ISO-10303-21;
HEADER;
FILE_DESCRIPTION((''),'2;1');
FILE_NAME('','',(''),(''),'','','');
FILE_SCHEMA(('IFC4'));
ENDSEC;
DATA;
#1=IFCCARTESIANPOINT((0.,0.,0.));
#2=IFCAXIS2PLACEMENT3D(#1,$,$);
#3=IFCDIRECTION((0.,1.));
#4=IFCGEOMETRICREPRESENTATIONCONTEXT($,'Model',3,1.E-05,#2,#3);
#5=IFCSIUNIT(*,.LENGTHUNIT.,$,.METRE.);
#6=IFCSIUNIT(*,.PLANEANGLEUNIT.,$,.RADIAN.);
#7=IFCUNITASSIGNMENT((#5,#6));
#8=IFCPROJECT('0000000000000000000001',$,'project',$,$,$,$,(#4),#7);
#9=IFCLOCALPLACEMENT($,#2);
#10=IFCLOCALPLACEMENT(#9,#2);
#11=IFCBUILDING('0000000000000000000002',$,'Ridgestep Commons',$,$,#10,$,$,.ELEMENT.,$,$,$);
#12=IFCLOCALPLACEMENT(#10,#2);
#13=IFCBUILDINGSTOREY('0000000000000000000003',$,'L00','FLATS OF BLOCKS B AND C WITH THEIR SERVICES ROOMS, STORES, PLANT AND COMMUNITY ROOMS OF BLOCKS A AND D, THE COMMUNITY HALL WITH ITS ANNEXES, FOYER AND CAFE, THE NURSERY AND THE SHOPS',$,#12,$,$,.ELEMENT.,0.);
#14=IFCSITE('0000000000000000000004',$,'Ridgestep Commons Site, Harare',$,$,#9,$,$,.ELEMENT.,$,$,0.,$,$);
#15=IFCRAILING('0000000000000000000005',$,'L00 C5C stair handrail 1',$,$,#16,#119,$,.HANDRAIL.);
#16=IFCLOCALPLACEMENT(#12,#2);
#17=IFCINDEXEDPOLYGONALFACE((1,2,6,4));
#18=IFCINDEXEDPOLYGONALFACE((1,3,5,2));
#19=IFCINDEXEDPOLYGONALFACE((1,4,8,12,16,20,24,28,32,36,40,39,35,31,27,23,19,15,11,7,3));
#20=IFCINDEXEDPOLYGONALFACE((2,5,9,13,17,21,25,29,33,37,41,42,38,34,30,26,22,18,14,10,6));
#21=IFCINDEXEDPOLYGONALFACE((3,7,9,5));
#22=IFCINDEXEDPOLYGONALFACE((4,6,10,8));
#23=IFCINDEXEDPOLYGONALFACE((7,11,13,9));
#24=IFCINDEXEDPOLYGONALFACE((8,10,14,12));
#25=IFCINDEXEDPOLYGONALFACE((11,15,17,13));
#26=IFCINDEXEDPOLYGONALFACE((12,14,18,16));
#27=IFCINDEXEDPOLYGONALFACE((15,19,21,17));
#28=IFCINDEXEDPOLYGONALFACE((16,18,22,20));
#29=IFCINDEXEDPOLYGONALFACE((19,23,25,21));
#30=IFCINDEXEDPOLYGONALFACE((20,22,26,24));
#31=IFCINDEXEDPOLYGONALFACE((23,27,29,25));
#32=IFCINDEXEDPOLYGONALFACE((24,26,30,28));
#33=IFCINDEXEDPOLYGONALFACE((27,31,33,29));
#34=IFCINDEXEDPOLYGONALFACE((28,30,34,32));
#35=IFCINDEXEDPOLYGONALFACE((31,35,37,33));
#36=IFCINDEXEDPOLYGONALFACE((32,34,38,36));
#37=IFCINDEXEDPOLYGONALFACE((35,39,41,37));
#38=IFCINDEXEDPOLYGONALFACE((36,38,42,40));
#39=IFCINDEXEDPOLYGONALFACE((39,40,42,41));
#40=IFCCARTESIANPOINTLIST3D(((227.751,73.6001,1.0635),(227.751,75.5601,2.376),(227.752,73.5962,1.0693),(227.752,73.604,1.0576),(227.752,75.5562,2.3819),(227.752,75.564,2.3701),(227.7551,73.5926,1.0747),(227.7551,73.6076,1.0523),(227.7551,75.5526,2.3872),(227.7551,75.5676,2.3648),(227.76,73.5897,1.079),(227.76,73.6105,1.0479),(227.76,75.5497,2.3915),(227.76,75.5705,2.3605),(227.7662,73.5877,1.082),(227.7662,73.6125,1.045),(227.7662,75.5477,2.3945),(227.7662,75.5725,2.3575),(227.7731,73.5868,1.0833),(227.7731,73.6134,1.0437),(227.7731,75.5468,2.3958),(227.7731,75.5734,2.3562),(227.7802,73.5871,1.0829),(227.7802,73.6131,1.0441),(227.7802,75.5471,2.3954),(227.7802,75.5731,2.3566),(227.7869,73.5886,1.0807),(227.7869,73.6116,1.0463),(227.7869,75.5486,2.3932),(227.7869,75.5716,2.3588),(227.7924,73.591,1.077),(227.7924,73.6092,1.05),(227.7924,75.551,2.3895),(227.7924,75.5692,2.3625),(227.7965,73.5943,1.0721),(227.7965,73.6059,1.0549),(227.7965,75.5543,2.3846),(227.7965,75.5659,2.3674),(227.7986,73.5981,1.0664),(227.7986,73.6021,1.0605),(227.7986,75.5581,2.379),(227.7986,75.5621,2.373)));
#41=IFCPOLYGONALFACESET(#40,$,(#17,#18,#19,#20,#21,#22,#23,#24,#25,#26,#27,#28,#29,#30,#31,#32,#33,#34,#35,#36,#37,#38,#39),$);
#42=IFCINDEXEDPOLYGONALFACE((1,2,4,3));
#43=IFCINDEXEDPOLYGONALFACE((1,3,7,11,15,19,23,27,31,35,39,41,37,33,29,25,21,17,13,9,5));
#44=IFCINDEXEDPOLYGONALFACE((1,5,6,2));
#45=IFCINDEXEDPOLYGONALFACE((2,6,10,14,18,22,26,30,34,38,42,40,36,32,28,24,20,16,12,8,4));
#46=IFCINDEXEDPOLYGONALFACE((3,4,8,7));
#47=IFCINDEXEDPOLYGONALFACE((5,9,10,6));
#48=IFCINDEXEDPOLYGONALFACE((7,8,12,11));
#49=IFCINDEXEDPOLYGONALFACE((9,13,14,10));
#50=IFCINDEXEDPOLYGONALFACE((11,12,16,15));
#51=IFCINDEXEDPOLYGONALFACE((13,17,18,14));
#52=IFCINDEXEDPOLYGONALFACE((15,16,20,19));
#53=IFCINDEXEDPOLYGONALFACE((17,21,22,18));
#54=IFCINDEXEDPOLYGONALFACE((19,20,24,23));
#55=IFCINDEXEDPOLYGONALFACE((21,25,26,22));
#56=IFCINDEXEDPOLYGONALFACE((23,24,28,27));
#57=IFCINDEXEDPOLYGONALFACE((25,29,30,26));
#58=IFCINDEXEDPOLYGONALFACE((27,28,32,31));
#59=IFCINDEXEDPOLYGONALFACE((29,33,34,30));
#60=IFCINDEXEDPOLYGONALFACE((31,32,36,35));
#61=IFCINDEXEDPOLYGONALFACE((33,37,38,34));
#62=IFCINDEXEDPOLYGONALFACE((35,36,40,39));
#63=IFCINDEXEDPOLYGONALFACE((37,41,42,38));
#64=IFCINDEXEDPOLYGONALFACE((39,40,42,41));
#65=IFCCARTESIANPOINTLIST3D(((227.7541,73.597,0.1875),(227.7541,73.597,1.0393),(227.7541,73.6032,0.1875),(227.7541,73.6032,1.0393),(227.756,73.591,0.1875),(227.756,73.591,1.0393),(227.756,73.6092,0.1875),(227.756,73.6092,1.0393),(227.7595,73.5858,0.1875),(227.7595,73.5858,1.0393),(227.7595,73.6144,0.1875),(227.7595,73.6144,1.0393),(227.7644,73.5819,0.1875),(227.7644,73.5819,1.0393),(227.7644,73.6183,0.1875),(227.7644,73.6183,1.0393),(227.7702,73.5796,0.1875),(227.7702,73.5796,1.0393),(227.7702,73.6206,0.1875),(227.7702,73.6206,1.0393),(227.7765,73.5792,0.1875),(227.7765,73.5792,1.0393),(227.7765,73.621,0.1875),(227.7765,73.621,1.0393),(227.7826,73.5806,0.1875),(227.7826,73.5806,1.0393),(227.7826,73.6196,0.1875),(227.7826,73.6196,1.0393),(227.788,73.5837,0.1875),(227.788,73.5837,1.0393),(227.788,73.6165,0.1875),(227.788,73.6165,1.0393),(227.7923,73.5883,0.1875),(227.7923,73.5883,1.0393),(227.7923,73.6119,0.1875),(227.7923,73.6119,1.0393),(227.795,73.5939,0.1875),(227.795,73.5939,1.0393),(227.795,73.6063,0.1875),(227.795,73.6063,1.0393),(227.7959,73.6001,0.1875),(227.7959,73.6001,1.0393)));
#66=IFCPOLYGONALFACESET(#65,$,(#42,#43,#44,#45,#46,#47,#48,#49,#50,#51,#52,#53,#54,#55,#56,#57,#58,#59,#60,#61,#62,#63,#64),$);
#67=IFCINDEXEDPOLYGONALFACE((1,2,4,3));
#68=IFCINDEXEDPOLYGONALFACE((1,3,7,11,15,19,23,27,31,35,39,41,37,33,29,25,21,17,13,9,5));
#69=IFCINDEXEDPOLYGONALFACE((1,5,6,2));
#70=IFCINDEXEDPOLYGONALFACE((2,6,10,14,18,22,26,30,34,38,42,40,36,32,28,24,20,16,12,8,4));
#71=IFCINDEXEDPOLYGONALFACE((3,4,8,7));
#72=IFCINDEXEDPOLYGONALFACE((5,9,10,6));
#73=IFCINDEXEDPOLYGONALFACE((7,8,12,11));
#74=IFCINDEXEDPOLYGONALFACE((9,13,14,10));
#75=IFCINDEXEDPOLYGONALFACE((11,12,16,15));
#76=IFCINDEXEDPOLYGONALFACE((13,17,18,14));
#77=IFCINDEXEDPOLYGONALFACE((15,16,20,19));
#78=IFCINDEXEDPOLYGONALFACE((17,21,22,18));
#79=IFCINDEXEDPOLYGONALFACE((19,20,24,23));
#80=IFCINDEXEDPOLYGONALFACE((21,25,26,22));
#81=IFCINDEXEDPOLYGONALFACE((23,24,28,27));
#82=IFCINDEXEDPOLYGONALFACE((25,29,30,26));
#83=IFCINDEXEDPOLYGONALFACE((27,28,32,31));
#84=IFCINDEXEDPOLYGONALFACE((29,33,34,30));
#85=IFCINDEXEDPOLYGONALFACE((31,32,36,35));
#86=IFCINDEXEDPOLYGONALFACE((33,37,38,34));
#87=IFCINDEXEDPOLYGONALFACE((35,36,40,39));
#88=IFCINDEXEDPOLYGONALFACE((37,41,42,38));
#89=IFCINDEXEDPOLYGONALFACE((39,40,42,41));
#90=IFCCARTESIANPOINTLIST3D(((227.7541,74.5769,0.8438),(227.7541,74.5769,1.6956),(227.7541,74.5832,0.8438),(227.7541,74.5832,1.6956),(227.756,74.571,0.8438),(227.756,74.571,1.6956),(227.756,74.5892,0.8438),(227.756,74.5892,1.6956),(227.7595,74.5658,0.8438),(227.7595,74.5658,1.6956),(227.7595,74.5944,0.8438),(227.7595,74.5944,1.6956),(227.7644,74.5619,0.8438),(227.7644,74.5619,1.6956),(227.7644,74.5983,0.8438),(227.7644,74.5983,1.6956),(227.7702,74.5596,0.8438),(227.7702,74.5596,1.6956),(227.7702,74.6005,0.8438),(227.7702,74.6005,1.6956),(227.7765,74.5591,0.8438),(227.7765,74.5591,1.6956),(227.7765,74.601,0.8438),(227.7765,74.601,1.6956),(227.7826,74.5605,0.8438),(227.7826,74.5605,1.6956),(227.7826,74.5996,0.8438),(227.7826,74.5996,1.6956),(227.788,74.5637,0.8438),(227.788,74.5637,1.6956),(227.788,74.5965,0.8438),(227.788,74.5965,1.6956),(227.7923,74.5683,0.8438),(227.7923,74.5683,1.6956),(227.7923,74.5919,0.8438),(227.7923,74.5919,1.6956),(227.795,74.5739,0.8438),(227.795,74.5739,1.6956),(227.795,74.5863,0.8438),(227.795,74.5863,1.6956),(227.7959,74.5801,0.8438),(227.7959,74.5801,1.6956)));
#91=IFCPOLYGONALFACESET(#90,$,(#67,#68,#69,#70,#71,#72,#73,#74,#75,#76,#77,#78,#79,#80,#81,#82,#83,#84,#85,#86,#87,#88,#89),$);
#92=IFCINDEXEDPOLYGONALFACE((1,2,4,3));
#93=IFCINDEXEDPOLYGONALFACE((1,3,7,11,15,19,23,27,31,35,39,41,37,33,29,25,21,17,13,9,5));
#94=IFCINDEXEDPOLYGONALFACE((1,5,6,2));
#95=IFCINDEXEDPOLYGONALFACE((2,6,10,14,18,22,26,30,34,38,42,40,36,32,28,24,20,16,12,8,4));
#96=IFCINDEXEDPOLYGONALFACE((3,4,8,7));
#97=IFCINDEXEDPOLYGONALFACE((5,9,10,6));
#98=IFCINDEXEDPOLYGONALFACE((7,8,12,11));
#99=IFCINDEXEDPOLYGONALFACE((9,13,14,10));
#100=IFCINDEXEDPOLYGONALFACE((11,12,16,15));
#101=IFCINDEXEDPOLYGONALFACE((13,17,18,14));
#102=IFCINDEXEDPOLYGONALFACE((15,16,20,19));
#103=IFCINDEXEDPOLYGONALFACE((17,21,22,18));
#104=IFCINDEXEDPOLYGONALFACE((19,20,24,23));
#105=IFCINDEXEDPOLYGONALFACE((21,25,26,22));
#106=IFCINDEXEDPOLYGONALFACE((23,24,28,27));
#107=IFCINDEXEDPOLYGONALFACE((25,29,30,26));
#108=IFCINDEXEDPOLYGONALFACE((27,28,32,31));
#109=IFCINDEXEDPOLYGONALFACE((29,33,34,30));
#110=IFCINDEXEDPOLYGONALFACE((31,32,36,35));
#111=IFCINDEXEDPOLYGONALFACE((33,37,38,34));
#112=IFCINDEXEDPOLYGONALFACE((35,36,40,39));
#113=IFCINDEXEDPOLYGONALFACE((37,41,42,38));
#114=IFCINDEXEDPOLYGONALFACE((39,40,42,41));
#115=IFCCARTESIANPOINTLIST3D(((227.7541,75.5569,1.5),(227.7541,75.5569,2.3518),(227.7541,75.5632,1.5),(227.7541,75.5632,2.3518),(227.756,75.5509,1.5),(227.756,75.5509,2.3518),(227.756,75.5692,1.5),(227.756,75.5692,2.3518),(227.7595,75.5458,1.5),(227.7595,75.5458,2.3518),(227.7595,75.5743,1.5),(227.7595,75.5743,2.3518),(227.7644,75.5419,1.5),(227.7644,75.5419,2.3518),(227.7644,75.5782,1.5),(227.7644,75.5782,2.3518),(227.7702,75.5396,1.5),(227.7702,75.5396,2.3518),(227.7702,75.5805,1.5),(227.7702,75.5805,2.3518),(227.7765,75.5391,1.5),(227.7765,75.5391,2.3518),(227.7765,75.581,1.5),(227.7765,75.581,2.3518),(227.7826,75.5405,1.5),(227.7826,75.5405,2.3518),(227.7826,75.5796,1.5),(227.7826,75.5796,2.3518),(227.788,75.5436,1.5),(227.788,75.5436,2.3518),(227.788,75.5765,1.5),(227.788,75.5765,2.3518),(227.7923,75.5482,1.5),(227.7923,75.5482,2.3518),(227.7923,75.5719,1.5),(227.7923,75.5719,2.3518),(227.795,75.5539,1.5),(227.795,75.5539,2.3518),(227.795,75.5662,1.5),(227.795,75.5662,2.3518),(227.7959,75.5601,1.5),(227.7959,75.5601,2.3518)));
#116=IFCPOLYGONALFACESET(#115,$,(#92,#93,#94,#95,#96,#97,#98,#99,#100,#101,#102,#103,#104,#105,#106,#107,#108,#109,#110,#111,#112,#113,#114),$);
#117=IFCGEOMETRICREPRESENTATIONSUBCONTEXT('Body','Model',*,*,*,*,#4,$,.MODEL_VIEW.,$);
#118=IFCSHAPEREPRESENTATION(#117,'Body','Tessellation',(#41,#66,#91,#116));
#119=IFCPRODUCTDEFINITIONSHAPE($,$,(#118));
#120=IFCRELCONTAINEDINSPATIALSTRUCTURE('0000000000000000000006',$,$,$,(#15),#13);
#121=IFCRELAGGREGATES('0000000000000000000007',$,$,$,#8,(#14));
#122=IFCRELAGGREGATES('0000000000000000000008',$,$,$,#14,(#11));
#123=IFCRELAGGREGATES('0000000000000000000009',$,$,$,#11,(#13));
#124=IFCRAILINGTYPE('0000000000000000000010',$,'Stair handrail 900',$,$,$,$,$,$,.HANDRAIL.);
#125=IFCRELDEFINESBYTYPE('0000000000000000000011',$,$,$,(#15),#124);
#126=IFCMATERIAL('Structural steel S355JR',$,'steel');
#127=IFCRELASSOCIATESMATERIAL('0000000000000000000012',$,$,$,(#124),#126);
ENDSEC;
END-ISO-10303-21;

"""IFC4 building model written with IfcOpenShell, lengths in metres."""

from ifc_helpers import new_model, si_unit, direction, frame, origin, origin_2d, place, context, subcontext, project, spatial, circle, extrude, material, type_object, element, save


model = new_model("IFC4")

# Units and contexts
model_context = context("Model", 3, precision=1e-05, world=origin(), true_north=direction((0.0, 1.0)))
body_context = subcontext(model_context, "Body", "Model", "MODEL_VIEW")
ifc_project = project(units=[si_unit("LENGTHUNIT", "METRE"), si_unit("PLANEANGLEUNIT", "RADIAN")], contexts=[model_context])

# Site, building, storey
site_placement = place(None, origin())
site = spatial("IfcSite", under=ifc_project, at=site_placement, Name="Ridgestep Commons Site, Harare", CompositionType="ELEMENT", RefElevation=0.0)
building_placement = place(site_placement, origin())
building = spatial("IfcBuilding", under=site, at=building_placement, Name="Ridgestep Commons", CompositionType="ELEMENT")
storey_placement = place(building_placement, origin())
storey = spatial("IfcBuildingStorey", under=building, at=storey_placement, Name="L00", Description="FLATS OF BLOCKS B AND C WITH THEIR SERVICES ROOMS, STORES, PLANT AND COMMUNITY ROOMS OF BLOCKS A AND D, THE COMMUNITY HALL WITH ITS ANNEXES, FOYER AND CAFE, THE NURSERY AND THE SHOPS", CompositionType="ELEMENT", Elevation=0.0)

# Railing
ifc_material_1 = material(Name="Structural steel S355JR", Category="steel")
railing_type_1 = type_object("IfcRailingType", Name="Stair handrail 900", PredefinedType="HANDRAIL", material=ifc_material_1)
railing_1_placement = place(storey_placement, frame((227.7749, 73.6001, 0.1875)))
element("IfcRailing", 1, at=railing_1_placement, inside=storey, type_object=railing_type_1, Name="L00 C5C stair handrail 1", PredefinedType="HANDRAIL", context=body_context, shape_type="SweptSolid", body=[
    extrude(circle(Radius=0.0239, at=origin_2d()), frame((0.0, 0.0, 0.876), z_axis=(0.0, 0.830902, 0.556419), x_axis=(-1.0, 0.0, 0.0)), (0.0, 0.0, 1.0), 2.3589),
    extrude(circle(Radius=0.021, at=origin_2d()), origin(), (0.0, 0.0, 1.0), 0.8518),
    extrude(circle(Radius=0.021, at=origin_2d()), frame((0.0, 0.98, 0.6562)), (0.0, 0.0, 1.0), 0.8518),
    extrude(circle(Radius=0.021, at=origin_2d()), frame((0.0, 1.96, 1.3125)), (0.0, 0.0, 1.0), 0.8518),
])

save(model, "model.ifc")
